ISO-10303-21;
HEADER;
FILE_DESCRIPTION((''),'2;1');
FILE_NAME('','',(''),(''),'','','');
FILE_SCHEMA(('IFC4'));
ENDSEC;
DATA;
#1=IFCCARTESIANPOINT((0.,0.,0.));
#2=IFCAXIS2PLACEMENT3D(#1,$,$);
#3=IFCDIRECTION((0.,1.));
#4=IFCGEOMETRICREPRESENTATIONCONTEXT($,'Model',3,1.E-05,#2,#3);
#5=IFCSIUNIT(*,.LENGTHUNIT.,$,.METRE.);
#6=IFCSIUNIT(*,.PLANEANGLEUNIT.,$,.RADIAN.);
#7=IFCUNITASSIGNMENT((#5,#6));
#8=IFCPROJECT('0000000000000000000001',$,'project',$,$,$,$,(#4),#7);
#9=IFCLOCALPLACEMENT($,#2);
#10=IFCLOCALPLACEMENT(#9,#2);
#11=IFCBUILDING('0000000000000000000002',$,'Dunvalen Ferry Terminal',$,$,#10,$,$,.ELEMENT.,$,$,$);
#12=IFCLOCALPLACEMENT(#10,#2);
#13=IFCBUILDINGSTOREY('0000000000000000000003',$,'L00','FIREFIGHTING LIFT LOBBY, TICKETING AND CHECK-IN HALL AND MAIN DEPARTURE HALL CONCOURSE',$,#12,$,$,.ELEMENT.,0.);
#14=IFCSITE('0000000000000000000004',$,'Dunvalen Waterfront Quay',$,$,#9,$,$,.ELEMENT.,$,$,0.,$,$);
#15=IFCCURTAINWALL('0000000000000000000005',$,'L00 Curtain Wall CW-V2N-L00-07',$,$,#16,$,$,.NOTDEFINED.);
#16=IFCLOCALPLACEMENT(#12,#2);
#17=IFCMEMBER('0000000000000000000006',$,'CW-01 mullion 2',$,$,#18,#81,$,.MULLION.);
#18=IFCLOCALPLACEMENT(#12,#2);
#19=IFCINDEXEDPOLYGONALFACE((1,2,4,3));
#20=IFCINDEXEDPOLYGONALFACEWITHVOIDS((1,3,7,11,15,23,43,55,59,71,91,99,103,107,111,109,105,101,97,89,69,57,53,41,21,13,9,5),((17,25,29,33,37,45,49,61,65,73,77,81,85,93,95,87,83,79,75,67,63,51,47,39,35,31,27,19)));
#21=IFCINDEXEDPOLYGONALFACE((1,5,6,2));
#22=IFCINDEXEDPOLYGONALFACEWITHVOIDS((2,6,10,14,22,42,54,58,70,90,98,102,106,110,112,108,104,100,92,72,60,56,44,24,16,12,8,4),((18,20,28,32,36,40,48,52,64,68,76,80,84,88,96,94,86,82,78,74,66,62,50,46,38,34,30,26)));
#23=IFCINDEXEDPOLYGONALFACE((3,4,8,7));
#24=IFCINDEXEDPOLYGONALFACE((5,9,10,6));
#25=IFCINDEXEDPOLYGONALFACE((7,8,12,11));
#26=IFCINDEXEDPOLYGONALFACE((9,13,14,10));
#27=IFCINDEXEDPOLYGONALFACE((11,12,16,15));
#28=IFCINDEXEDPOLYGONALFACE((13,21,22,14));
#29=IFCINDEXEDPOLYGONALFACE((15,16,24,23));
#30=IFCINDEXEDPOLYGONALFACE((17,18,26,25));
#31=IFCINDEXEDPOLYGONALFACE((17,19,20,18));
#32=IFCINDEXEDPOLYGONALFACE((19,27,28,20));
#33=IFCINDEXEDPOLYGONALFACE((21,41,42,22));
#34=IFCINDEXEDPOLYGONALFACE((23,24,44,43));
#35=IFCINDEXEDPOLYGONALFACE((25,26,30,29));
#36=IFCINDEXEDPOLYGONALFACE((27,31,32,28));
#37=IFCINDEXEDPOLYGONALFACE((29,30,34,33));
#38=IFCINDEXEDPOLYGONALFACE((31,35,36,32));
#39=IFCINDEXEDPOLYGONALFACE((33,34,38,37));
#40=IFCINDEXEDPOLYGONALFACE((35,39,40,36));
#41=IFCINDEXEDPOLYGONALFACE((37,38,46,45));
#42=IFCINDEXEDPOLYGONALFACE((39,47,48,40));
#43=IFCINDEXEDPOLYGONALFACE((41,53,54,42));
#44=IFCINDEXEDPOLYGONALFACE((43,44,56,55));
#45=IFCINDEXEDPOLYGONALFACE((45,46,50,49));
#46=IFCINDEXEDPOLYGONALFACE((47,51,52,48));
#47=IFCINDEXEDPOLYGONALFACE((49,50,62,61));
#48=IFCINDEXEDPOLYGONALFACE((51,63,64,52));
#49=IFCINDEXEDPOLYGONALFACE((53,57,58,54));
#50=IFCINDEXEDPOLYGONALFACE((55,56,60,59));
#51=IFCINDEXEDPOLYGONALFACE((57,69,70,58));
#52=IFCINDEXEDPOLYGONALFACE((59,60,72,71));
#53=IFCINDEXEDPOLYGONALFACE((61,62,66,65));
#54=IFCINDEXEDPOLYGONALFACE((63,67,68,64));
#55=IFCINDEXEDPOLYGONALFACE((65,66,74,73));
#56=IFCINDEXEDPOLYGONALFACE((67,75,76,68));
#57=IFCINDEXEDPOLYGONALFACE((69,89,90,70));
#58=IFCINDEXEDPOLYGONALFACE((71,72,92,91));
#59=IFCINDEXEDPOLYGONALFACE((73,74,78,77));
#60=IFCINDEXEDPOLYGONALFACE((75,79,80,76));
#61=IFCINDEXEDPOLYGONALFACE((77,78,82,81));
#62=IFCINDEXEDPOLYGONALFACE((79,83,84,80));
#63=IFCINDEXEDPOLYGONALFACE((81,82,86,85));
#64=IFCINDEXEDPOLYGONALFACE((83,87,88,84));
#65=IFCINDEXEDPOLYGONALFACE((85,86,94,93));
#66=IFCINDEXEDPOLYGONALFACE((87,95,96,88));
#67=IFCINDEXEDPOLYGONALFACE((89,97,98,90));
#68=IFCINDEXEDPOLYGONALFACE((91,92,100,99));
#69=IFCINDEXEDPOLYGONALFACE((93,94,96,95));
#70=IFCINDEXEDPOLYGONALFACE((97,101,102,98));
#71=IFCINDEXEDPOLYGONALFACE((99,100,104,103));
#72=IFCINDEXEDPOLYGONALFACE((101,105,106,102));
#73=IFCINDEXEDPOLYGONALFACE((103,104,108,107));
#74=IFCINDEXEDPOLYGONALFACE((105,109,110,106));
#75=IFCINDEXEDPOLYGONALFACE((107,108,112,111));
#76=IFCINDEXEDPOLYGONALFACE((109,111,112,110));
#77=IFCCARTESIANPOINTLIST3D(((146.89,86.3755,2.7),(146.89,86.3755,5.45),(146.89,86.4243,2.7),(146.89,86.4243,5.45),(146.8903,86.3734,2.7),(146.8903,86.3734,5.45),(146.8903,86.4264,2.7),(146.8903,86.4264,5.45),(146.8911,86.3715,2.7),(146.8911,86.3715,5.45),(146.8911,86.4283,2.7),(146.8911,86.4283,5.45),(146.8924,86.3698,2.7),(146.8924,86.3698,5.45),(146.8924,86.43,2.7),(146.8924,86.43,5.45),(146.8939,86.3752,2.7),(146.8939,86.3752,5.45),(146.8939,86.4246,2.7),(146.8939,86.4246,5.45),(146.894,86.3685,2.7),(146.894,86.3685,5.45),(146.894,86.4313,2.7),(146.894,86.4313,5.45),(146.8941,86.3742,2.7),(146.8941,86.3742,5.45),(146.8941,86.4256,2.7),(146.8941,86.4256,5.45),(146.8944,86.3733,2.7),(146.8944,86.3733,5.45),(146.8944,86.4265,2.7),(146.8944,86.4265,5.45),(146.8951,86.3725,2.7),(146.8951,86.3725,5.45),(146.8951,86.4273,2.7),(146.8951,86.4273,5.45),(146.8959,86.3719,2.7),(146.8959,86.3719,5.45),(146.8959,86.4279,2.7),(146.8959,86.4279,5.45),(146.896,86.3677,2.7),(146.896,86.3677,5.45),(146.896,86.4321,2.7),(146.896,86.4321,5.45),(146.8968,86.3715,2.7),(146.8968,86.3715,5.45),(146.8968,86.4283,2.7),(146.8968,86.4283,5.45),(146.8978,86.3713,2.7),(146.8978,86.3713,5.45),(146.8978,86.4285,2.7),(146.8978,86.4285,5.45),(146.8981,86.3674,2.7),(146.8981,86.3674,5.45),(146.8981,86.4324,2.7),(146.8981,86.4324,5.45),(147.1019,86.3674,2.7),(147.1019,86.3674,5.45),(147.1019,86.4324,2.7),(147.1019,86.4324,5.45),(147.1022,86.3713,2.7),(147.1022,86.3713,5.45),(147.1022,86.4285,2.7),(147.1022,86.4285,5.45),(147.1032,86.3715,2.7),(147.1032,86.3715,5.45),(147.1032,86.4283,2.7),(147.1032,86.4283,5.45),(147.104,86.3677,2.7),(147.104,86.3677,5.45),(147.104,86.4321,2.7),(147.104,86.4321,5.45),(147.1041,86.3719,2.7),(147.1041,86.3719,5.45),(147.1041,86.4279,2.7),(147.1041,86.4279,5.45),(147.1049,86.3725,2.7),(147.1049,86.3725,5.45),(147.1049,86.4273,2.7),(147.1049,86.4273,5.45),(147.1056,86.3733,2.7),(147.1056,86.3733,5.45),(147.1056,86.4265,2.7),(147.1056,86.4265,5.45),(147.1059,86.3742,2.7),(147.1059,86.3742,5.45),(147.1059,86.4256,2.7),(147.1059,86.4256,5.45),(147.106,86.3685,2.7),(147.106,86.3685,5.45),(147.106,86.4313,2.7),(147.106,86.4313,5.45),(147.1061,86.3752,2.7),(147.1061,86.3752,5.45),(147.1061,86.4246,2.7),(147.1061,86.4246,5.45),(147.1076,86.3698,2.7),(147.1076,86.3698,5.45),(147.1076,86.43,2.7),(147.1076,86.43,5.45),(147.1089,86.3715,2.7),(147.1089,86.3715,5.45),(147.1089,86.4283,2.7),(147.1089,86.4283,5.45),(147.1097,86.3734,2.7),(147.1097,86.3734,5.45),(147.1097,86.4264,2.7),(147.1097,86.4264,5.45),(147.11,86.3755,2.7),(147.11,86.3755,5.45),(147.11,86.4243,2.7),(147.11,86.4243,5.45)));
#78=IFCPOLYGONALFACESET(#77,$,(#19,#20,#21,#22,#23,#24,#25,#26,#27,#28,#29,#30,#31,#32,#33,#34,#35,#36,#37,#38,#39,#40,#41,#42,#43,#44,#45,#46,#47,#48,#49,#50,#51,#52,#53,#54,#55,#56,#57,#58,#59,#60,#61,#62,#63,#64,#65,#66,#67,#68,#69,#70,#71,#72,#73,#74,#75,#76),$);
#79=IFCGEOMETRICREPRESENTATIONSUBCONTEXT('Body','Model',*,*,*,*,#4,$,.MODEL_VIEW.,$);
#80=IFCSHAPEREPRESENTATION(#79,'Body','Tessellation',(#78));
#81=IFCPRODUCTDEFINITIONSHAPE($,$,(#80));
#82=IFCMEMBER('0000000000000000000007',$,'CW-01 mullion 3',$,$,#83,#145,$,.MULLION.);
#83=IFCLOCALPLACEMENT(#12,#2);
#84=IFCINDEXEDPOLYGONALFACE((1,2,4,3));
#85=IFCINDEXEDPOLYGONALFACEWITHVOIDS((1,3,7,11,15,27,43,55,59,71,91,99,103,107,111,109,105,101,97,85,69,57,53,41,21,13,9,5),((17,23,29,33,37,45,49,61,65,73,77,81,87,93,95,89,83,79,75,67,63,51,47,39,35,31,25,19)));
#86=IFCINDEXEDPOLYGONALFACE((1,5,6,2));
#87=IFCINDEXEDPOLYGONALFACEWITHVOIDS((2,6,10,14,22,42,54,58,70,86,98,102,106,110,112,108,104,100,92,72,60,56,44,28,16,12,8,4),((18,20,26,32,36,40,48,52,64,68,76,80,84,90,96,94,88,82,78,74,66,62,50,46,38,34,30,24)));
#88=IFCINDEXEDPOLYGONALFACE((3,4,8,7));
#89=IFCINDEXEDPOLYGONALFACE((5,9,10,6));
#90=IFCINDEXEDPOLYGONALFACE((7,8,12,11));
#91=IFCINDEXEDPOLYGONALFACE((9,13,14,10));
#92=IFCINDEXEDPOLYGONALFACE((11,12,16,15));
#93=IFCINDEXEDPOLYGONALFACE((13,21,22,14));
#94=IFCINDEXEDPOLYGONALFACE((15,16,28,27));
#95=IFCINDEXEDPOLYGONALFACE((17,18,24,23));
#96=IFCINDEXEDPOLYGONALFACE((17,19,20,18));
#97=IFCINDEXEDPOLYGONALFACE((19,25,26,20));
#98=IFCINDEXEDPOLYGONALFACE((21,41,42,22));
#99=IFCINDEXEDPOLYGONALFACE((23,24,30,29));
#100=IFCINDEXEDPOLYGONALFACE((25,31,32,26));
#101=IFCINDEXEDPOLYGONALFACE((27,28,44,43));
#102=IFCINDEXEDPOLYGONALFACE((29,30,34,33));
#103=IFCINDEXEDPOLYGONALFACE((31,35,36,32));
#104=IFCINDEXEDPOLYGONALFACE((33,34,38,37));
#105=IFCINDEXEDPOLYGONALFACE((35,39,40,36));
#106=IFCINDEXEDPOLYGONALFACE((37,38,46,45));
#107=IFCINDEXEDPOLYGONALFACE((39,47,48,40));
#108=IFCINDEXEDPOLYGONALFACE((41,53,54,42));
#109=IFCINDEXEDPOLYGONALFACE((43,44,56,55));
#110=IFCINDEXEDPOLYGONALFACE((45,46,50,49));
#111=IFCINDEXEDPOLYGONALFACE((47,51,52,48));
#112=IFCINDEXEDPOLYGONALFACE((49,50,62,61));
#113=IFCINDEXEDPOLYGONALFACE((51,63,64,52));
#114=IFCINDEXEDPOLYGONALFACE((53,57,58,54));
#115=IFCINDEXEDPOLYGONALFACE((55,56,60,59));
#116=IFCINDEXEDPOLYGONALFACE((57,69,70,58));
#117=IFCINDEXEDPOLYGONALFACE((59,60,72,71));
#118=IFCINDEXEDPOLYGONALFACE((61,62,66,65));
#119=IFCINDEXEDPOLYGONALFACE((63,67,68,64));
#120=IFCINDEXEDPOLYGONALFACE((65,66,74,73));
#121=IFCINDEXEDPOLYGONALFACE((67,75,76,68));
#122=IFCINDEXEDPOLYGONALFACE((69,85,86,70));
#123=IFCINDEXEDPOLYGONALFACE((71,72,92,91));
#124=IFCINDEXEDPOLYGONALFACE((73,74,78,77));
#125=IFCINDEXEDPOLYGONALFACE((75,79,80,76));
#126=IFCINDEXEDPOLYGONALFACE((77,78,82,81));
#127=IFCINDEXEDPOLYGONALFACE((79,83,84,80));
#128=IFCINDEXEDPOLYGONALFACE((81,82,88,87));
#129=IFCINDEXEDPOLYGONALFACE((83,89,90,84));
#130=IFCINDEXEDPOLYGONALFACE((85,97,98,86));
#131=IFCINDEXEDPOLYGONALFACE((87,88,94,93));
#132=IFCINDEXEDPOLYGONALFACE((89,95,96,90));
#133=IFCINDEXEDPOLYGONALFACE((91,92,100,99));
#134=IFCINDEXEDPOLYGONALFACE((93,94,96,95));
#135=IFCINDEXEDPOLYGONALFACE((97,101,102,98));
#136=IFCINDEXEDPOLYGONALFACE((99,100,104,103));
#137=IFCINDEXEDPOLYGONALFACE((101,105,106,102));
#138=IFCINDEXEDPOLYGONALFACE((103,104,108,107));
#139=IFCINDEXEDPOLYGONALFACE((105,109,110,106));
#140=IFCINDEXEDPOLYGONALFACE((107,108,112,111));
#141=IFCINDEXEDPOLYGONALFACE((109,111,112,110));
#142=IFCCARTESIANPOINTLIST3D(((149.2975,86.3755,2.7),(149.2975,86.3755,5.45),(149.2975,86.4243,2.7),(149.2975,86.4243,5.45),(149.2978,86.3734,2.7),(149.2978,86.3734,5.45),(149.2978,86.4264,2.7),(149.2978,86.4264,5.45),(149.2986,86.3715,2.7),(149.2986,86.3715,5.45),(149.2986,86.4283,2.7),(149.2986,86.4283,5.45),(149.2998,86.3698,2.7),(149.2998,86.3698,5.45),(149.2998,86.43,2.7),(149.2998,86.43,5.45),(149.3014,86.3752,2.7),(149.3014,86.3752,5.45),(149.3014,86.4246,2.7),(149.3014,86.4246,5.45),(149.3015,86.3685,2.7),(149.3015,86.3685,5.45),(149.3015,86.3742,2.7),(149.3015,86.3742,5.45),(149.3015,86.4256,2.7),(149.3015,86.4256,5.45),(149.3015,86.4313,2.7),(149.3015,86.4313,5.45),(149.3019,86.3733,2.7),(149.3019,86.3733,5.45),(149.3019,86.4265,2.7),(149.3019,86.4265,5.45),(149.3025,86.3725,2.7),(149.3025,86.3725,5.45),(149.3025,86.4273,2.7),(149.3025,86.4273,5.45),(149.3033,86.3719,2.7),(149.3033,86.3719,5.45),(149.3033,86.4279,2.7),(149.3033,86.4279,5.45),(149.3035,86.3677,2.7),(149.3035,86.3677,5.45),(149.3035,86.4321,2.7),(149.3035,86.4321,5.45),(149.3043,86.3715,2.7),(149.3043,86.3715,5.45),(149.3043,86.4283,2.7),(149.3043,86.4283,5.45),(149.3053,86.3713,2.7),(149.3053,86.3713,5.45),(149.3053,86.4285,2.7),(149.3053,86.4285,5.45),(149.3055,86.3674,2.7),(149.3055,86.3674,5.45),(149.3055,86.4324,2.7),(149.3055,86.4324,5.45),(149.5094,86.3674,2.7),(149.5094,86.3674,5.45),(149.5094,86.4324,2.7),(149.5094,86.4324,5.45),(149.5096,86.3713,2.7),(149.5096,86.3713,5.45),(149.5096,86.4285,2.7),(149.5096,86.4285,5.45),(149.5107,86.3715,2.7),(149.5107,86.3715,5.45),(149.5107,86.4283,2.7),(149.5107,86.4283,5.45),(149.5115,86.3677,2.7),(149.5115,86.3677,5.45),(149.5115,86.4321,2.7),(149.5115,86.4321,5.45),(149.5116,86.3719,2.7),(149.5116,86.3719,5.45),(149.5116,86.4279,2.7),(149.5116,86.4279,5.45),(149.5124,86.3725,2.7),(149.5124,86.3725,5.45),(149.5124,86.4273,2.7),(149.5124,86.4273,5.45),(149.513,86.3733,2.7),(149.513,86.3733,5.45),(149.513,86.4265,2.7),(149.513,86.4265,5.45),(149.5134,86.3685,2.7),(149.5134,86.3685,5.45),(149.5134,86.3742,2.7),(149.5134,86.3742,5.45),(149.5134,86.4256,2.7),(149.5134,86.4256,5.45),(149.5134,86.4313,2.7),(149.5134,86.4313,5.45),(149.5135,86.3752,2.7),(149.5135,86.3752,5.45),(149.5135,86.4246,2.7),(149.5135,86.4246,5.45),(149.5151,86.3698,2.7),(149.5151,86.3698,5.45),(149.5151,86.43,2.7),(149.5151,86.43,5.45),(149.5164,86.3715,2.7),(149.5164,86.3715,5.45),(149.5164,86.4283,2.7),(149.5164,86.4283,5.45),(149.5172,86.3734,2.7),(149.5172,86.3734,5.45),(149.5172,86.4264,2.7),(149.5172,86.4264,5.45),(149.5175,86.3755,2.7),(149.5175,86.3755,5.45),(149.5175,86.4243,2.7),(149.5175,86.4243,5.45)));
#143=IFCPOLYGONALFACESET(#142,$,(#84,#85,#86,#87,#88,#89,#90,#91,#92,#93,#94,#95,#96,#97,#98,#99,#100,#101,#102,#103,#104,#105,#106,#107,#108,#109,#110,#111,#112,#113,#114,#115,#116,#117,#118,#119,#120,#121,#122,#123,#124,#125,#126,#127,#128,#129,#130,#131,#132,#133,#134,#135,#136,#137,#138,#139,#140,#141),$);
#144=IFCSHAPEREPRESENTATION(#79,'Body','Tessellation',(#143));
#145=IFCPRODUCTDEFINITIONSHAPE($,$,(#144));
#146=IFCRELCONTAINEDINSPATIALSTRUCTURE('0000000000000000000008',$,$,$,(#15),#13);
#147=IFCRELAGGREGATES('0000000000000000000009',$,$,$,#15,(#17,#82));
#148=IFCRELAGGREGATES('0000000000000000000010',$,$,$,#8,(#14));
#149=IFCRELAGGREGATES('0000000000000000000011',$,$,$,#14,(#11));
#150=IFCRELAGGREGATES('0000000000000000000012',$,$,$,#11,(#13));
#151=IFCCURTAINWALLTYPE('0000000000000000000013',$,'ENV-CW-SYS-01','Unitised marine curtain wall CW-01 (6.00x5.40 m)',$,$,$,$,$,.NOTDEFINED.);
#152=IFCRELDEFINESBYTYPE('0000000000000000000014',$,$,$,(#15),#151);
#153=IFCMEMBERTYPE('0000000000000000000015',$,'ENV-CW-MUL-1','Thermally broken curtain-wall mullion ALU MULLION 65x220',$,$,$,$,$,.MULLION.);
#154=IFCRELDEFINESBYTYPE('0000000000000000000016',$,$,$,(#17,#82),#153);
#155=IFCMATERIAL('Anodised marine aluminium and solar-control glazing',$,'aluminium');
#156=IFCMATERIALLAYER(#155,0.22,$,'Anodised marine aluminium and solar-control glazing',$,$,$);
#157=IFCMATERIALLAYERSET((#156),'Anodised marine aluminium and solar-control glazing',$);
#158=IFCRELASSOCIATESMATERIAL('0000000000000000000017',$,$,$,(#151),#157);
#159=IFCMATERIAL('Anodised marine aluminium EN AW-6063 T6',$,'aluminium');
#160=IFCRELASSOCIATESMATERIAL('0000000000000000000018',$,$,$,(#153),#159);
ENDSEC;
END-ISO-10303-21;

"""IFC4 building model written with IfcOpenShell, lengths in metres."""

from ifc_helpers import new_model, si_unit, direction, frame, origin, origin_2d, place, context, subcontext, project, spatial, hollow_rectangle, extrude, material, layer, layer_set, material_profile, profile_set, type_object, element, aggregate, save


model = new_model("IFC4")

# Units and contexts
model_context = context("Model", 3, precision=1e-05, world=origin(), true_north=direction((0.0, 1.0)))
body_context = subcontext(model_context, "Body", "Model", "MODEL_VIEW")
ifc_project = project(units=[si_unit("LENGTHUNIT", "METRE"), si_unit("PLANEANGLEUNIT", "RADIAN")], contexts=[model_context])

# Site, building, storey
site_placement = place(None, origin())
site = spatial("IfcSite", under=ifc_project, at=site_placement, Name="Dunvalen Waterfront Quay", CompositionType="ELEMENT", RefElevation=0.0)
building_placement = place(site_placement, origin())
building = spatial("IfcBuilding", under=site, at=building_placement, Name="Dunvalen Ferry Terminal", CompositionType="ELEMENT")
storey_placement = place(building_placement, origin())
storey = spatial("IfcBuildingStorey", under=building, at=storey_placement, Name="L00", Description="FIREFIGHTING LIFT LOBBY, TICKETING AND CHECK-IN HALL AND MAIN DEPARTURE HALL CONCOURSE", CompositionType="ELEMENT", Elevation=0.0)

# Curtain wall, members
ifc_material_1 = material(Name="Anodised marine aluminium and solar-control glazing", Category="aluminium")
ifc_layer_1 = layer(ifc_material_1, 0.22, Name="Anodised marine aluminium and solar-control glazing")
ifc_layer_set_1 = layer_set([ifc_layer_1], Name="Anodised marine aluminium and solar-control glazing")
curtain_wall_type = type_object("IfcCurtainWallType", Name="ENV-CW-SYS-01", Description="Unitised marine curtain wall CW-01 (6.00x5.40 m)", PredefinedType="NOTDEFINED", material=ifc_layer_set_1)
curtain_wall_1_placement = place(storey_placement, origin())
curtain_wall_1 = element("IfcCurtainWall", 1, at=curtain_wall_1_placement, inside=storey, type_object=curtain_wall_type, Name="L00 Curtain Wall CW-V2N-L00-07", PredefinedType="NOTDEFINED")
ifc_material_2 = material(Name="Anodised marine aluminium EN AW-6063 T6", Category="aluminium")
ifc_material_profile_1 = material_profile(ifc_material_2, hollow_rectangle(XDim=0.0649, YDim=0.22, WallThickness=0.0039, InnerFilletRadius=0.0039, OuterFilletRadius=0.0081, at=origin_2d()), Name="Anodised marine aluminium EN AW-6063 T6")
ifc_profile_set_1 = profile_set([ifc_material_profile_1], Name="Anodised marine aluminium EN AW-6063 T6")
member_type_1 = type_object("IfcMemberType", Name="ENV-CW-MUL-1", Description="Thermally broken curtain-wall mullion ALU MULLION 65x220", PredefinedType="MULLION", material=ifc_profile_set_1)
member_1_placement = place(storey_placement, frame((147.0, 86.3999, 2.7), z_axis=(0.0, 0.0, 1.0), x_axis=(0.0, 1.0, 0.0)))
member_1 = element("IfcMember", 2, at=member_1_placement, type_object=member_type_1, Name="CW-01 mullion 2", PredefinedType="MULLION", context=body_context, shape_type="SweptSolid", body=[
    extrude(hollow_rectangle(XDim=0.0649, YDim=0.22, WallThickness=0.0039, InnerFilletRadius=0.0039, OuterFilletRadius=0.0081, at=origin_2d()), origin(), (0.0, 0.0, 1.0), 2.75),
])
member_2_placement = place(storey_placement, frame((149.4075, 86.3999, 2.7), z_axis=(0.0, 0.0, 1.0), x_axis=(0.0, 1.0, 0.0)))
member_2 = element("IfcMember", 3, at=member_2_placement, type_object=member_type_1, Name="CW-01 mullion 3", PredefinedType="MULLION", context=body_context, shape_type="SweptSolid", body=[
    extrude(hollow_rectangle(XDim=0.0649, YDim=0.22, WallThickness=0.0039, InnerFilletRadius=0.0039, OuterFilletRadius=0.0081, at=origin_2d()), origin(), (0.0, 0.0, 1.0), 2.75),
])

aggregate(curtain_wall_1, [member_1, member_2])

save(model, "model.ifc")
